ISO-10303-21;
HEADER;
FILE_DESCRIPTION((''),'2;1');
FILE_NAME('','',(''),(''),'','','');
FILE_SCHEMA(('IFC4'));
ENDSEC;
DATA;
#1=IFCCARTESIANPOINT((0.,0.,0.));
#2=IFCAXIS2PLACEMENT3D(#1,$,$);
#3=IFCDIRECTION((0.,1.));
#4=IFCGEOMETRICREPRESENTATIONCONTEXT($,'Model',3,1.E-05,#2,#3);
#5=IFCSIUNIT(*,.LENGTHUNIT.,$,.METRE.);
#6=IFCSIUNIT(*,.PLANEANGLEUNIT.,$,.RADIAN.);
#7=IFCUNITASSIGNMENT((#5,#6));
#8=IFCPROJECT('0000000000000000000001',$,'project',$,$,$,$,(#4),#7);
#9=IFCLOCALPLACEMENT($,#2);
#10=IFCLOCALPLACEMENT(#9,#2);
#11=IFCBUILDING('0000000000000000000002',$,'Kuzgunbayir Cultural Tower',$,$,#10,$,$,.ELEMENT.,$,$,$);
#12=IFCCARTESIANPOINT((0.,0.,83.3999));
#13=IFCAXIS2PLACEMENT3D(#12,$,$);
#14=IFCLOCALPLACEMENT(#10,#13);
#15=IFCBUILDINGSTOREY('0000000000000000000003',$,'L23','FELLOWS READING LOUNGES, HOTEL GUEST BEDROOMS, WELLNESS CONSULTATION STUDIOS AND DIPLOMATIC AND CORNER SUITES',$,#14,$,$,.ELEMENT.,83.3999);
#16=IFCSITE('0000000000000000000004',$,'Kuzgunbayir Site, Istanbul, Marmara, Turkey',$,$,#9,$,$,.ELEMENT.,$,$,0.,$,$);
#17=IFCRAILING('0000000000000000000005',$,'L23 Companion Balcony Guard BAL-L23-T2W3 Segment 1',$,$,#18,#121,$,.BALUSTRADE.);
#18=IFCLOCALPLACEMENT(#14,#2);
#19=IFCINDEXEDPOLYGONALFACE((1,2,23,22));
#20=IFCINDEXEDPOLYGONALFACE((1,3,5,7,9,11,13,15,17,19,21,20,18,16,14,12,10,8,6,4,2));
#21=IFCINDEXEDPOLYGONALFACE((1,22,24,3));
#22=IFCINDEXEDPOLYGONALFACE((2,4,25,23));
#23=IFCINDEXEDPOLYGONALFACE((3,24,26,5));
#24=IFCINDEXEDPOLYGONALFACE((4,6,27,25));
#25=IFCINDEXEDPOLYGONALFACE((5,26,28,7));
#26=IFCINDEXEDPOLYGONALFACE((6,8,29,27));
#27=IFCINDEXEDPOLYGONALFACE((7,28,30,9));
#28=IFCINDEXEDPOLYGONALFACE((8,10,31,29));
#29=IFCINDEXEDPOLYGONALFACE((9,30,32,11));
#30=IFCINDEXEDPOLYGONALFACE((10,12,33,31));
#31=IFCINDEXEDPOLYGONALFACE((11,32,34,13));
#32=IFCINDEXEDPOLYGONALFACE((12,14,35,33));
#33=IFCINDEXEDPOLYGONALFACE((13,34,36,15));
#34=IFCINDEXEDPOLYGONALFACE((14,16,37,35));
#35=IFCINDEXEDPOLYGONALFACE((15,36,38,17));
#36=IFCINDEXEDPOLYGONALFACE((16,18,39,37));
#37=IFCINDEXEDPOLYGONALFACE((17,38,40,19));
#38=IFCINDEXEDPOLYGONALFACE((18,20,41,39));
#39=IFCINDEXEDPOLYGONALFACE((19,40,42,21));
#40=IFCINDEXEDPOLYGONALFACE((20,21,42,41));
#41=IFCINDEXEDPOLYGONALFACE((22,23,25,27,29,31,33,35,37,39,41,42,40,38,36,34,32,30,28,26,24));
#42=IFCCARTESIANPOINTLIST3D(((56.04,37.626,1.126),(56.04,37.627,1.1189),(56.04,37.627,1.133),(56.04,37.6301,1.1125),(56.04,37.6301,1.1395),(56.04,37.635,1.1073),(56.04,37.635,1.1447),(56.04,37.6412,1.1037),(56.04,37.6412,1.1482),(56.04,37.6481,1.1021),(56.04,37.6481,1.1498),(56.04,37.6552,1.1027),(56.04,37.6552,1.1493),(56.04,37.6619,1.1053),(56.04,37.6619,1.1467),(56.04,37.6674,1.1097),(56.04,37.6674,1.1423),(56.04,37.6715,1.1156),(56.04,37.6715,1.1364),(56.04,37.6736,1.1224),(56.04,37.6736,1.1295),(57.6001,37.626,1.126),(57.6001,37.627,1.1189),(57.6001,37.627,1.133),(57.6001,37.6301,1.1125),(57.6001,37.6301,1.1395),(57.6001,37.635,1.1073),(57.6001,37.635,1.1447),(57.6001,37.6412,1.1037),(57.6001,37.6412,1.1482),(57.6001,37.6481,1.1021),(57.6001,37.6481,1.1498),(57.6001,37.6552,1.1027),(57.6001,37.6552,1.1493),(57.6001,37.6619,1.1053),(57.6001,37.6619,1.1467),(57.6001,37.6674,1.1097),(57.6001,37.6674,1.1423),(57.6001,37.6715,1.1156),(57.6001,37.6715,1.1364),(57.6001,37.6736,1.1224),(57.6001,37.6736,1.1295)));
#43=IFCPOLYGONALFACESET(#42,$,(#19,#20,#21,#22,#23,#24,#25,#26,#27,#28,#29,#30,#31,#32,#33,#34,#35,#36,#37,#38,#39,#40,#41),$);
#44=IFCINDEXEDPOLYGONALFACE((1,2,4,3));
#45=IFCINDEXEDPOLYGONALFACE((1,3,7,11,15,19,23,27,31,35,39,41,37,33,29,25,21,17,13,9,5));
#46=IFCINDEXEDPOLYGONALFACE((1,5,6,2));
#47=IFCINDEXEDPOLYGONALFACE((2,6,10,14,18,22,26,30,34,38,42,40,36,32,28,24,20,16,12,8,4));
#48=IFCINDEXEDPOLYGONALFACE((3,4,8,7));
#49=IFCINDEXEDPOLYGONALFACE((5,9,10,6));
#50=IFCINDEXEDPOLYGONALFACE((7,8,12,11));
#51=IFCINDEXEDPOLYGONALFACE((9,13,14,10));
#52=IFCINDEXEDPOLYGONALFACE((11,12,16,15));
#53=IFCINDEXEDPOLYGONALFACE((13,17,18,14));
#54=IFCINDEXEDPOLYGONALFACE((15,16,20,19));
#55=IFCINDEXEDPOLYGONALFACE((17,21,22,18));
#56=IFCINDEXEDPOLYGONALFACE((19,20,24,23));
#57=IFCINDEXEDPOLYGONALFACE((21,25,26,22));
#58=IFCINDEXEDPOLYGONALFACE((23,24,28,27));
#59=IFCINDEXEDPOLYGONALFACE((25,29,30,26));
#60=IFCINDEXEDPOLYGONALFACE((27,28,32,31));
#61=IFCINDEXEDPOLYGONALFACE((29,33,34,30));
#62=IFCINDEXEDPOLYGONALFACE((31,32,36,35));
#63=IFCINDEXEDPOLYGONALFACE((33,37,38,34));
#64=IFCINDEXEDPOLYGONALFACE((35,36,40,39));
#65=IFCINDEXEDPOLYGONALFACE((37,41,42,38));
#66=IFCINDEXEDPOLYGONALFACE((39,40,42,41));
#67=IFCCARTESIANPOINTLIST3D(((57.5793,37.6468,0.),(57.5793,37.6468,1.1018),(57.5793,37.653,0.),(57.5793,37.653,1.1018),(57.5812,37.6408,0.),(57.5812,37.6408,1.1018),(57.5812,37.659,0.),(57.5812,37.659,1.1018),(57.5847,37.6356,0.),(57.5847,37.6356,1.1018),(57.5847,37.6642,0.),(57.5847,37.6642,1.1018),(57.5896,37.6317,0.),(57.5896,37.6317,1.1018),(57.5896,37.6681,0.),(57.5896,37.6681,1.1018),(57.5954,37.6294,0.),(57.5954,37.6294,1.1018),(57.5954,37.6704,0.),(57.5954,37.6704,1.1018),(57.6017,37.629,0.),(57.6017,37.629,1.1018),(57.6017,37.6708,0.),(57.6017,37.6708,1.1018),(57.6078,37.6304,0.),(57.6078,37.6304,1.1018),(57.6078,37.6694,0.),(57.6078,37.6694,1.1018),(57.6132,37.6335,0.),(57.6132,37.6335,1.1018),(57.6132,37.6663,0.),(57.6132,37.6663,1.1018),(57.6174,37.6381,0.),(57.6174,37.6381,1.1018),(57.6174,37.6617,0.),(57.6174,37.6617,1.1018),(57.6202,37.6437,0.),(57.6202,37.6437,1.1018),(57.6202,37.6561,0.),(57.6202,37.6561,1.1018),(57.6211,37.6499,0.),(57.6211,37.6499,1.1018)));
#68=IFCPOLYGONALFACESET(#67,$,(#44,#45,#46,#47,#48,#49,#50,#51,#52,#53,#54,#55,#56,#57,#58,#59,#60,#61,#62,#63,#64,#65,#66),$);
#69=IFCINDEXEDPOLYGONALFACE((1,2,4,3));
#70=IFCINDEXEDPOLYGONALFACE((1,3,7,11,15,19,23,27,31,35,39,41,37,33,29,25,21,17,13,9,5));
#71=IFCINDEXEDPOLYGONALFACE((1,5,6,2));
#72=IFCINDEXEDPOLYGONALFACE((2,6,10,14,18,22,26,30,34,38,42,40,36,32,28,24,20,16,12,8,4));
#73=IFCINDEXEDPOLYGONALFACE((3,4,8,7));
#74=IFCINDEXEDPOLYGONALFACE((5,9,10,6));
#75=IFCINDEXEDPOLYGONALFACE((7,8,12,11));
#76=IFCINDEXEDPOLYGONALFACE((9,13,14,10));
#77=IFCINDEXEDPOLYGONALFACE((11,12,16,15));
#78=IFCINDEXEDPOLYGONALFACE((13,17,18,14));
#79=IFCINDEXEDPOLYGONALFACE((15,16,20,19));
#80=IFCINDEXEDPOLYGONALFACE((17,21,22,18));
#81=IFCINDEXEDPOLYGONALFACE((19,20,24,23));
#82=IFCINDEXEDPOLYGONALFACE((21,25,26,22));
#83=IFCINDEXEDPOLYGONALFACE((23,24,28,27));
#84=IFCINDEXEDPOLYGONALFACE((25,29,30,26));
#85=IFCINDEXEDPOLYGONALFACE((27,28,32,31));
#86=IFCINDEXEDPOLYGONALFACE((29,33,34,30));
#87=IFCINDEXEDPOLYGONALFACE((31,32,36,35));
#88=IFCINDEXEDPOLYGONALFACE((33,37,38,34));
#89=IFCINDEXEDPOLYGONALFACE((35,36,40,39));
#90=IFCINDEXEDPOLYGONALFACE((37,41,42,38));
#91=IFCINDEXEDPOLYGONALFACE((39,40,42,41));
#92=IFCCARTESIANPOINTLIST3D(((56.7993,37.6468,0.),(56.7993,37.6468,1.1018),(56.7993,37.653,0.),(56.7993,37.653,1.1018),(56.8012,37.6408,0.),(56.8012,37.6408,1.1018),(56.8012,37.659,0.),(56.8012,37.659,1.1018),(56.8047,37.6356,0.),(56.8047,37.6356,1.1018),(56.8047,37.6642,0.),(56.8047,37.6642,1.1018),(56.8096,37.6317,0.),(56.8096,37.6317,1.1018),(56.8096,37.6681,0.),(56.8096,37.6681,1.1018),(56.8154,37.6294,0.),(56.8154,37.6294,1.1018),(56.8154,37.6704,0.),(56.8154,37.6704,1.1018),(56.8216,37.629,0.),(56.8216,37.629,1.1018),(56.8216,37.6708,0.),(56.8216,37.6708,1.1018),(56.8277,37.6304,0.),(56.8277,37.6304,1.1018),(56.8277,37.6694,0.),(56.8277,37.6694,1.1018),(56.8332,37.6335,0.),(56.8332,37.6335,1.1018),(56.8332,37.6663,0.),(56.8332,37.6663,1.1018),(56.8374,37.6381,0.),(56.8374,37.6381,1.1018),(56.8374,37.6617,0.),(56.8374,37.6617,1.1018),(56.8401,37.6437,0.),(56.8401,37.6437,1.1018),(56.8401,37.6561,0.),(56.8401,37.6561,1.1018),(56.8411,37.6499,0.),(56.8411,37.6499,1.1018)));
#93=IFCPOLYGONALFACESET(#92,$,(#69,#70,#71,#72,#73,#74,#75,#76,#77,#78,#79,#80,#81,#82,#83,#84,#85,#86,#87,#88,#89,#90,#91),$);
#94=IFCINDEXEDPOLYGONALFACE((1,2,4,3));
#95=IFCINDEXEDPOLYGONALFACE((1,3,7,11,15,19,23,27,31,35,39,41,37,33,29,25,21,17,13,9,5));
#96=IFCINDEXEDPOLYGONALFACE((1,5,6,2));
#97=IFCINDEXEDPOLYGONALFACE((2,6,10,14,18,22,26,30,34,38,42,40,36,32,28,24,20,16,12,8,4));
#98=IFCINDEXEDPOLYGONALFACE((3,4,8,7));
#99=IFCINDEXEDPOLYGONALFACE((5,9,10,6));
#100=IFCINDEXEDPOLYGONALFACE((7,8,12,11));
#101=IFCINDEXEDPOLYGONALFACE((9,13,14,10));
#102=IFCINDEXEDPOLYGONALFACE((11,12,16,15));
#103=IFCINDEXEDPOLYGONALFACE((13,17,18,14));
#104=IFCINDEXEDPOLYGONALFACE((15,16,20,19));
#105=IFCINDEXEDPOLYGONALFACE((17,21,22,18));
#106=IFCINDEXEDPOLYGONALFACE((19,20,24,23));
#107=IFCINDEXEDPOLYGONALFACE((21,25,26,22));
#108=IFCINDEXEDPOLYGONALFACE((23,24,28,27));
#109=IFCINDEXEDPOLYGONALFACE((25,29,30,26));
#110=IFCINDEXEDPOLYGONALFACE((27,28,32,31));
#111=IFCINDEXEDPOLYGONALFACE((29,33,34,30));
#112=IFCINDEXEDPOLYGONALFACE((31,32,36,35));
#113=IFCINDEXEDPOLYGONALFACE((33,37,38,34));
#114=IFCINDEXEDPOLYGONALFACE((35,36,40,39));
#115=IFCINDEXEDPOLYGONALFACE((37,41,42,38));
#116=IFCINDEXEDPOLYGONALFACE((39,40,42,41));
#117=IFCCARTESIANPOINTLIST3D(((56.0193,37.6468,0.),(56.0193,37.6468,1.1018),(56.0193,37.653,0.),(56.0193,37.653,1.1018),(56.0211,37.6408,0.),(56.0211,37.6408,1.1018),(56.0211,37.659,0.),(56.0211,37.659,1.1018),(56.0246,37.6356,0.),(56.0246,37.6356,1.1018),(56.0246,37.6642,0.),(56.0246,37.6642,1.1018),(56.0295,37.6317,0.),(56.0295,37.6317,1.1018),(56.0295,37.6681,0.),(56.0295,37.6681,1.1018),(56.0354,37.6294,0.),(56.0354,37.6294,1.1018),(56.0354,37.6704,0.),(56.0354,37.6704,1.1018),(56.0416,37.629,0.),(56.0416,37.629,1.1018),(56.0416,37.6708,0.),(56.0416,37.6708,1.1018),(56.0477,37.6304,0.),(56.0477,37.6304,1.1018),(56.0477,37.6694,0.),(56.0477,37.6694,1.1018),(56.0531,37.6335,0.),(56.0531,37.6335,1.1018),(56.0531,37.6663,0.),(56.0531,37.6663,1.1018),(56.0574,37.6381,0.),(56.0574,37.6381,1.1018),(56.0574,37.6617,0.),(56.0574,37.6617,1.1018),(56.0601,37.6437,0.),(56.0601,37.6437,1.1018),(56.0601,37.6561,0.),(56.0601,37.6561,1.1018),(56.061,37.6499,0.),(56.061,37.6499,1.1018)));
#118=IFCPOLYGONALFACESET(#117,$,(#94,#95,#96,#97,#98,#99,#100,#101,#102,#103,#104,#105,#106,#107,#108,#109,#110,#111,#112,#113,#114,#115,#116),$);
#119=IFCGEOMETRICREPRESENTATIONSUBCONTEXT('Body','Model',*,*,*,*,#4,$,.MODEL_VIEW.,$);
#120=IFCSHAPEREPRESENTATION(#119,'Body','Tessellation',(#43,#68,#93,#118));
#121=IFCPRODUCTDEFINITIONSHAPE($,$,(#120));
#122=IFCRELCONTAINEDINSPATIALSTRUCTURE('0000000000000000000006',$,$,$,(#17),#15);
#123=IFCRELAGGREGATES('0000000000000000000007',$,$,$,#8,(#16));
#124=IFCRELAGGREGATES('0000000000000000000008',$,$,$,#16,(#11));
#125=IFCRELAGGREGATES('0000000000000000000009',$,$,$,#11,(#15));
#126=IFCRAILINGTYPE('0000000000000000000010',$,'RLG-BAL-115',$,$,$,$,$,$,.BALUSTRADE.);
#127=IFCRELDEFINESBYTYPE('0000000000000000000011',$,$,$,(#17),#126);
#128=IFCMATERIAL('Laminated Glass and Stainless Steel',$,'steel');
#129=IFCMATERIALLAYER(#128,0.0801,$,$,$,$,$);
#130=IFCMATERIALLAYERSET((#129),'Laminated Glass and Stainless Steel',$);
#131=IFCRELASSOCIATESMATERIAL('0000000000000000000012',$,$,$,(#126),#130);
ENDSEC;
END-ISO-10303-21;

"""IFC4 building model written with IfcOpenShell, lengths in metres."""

from ifc_helpers import new_model, si_unit, direction, frame, origin, origin_2d, place, context, subcontext, project, spatial, circle, extrude, material, layer, layer_set, type_object, element, save


model = new_model("IFC4")

# Units and contexts
model_context = context("Model", 3, precision=1e-05, world=origin(), true_north=direction((0.0, 1.0)))
body_context = subcontext(model_context, "Body", "Model", "MODEL_VIEW")
ifc_project = project(units=[si_unit("LENGTHUNIT", "METRE"), si_unit("PLANEANGLEUNIT", "RADIAN")], contexts=[model_context])

# Site, building, storey
site_placement = place(None, origin())
site = spatial("IfcSite", under=ifc_project, at=site_placement, Name="Kuzgunbayir Site, Istanbul, Marmara, Turkey", CompositionType="ELEMENT", RefElevation=0.0)
building_placement = place(site_placement, origin())
building = spatial("IfcBuilding", under=site, at=building_placement, Name="Kuzgunbayir Cultural Tower", CompositionType="ELEMENT")
storey_placement = place(building_placement, frame((0.0, 0.0, 83.3999)))
storey = spatial("IfcBuildingStorey", under=building, at=storey_placement, Name="L23", Description="FELLOWS READING LOUNGES, HOTEL GUEST BEDROOMS, WELLNESS CONSULTATION STUDIOS AND DIPLOMATIC AND CORNER SUITES", CompositionType="ELEMENT", Elevation=83.3999)

# Railing
ifc_material_1 = material(Name="Laminated Glass and Stainless Steel", Category="steel")
ifc_layer_1 = layer(ifc_material_1, 0.0801)
ifc_layer_set_1 = layer_set([ifc_layer_1], Name="Laminated Glass and Stainless Steel")
railing_type = type_object("IfcRailingType", Name="RLG-BAL-115", PredefinedType="BALUSTRADE", material=ifc_layer_set_1)
railing_1_placement = place(storey_placement, frame((57.6001, 37.6499, 0.0)))
element("IfcRailing", 1, at=railing_1_placement, inside=storey, type_object=railing_type, Name="L23 Companion Balcony Guard BAL-L23-T2W3 Segment 1", PredefinedType="BALUSTRADE", context=body_context, shape_type="SweptSolid", body=[
    extrude(circle(Radius=0.0239, at=origin_2d()), frame((0.0, 0.0, 1.126), z_axis=(-1.0, 0.0, 0.0), x_axis=(0.0, -1.0, 0.0)), (0.0, 0.0, 1.0), 1.5601),
    extrude(circle(Radius=0.021, at=origin_2d()), origin(), (0.0, 0.0, 1.0), 1.1018),
    extrude(circle(Radius=0.021, at=origin_2d()), frame((-0.78, 0.0, 0.0)), (0.0, 0.0, 1.0), 1.1018),
    extrude(circle(Radius=0.021, at=origin_2d()), frame((-1.5601, 0.0, 0.0)), (0.0, 0.0, 1.0), 1.1018),
])

save(model, "model.ifc")
